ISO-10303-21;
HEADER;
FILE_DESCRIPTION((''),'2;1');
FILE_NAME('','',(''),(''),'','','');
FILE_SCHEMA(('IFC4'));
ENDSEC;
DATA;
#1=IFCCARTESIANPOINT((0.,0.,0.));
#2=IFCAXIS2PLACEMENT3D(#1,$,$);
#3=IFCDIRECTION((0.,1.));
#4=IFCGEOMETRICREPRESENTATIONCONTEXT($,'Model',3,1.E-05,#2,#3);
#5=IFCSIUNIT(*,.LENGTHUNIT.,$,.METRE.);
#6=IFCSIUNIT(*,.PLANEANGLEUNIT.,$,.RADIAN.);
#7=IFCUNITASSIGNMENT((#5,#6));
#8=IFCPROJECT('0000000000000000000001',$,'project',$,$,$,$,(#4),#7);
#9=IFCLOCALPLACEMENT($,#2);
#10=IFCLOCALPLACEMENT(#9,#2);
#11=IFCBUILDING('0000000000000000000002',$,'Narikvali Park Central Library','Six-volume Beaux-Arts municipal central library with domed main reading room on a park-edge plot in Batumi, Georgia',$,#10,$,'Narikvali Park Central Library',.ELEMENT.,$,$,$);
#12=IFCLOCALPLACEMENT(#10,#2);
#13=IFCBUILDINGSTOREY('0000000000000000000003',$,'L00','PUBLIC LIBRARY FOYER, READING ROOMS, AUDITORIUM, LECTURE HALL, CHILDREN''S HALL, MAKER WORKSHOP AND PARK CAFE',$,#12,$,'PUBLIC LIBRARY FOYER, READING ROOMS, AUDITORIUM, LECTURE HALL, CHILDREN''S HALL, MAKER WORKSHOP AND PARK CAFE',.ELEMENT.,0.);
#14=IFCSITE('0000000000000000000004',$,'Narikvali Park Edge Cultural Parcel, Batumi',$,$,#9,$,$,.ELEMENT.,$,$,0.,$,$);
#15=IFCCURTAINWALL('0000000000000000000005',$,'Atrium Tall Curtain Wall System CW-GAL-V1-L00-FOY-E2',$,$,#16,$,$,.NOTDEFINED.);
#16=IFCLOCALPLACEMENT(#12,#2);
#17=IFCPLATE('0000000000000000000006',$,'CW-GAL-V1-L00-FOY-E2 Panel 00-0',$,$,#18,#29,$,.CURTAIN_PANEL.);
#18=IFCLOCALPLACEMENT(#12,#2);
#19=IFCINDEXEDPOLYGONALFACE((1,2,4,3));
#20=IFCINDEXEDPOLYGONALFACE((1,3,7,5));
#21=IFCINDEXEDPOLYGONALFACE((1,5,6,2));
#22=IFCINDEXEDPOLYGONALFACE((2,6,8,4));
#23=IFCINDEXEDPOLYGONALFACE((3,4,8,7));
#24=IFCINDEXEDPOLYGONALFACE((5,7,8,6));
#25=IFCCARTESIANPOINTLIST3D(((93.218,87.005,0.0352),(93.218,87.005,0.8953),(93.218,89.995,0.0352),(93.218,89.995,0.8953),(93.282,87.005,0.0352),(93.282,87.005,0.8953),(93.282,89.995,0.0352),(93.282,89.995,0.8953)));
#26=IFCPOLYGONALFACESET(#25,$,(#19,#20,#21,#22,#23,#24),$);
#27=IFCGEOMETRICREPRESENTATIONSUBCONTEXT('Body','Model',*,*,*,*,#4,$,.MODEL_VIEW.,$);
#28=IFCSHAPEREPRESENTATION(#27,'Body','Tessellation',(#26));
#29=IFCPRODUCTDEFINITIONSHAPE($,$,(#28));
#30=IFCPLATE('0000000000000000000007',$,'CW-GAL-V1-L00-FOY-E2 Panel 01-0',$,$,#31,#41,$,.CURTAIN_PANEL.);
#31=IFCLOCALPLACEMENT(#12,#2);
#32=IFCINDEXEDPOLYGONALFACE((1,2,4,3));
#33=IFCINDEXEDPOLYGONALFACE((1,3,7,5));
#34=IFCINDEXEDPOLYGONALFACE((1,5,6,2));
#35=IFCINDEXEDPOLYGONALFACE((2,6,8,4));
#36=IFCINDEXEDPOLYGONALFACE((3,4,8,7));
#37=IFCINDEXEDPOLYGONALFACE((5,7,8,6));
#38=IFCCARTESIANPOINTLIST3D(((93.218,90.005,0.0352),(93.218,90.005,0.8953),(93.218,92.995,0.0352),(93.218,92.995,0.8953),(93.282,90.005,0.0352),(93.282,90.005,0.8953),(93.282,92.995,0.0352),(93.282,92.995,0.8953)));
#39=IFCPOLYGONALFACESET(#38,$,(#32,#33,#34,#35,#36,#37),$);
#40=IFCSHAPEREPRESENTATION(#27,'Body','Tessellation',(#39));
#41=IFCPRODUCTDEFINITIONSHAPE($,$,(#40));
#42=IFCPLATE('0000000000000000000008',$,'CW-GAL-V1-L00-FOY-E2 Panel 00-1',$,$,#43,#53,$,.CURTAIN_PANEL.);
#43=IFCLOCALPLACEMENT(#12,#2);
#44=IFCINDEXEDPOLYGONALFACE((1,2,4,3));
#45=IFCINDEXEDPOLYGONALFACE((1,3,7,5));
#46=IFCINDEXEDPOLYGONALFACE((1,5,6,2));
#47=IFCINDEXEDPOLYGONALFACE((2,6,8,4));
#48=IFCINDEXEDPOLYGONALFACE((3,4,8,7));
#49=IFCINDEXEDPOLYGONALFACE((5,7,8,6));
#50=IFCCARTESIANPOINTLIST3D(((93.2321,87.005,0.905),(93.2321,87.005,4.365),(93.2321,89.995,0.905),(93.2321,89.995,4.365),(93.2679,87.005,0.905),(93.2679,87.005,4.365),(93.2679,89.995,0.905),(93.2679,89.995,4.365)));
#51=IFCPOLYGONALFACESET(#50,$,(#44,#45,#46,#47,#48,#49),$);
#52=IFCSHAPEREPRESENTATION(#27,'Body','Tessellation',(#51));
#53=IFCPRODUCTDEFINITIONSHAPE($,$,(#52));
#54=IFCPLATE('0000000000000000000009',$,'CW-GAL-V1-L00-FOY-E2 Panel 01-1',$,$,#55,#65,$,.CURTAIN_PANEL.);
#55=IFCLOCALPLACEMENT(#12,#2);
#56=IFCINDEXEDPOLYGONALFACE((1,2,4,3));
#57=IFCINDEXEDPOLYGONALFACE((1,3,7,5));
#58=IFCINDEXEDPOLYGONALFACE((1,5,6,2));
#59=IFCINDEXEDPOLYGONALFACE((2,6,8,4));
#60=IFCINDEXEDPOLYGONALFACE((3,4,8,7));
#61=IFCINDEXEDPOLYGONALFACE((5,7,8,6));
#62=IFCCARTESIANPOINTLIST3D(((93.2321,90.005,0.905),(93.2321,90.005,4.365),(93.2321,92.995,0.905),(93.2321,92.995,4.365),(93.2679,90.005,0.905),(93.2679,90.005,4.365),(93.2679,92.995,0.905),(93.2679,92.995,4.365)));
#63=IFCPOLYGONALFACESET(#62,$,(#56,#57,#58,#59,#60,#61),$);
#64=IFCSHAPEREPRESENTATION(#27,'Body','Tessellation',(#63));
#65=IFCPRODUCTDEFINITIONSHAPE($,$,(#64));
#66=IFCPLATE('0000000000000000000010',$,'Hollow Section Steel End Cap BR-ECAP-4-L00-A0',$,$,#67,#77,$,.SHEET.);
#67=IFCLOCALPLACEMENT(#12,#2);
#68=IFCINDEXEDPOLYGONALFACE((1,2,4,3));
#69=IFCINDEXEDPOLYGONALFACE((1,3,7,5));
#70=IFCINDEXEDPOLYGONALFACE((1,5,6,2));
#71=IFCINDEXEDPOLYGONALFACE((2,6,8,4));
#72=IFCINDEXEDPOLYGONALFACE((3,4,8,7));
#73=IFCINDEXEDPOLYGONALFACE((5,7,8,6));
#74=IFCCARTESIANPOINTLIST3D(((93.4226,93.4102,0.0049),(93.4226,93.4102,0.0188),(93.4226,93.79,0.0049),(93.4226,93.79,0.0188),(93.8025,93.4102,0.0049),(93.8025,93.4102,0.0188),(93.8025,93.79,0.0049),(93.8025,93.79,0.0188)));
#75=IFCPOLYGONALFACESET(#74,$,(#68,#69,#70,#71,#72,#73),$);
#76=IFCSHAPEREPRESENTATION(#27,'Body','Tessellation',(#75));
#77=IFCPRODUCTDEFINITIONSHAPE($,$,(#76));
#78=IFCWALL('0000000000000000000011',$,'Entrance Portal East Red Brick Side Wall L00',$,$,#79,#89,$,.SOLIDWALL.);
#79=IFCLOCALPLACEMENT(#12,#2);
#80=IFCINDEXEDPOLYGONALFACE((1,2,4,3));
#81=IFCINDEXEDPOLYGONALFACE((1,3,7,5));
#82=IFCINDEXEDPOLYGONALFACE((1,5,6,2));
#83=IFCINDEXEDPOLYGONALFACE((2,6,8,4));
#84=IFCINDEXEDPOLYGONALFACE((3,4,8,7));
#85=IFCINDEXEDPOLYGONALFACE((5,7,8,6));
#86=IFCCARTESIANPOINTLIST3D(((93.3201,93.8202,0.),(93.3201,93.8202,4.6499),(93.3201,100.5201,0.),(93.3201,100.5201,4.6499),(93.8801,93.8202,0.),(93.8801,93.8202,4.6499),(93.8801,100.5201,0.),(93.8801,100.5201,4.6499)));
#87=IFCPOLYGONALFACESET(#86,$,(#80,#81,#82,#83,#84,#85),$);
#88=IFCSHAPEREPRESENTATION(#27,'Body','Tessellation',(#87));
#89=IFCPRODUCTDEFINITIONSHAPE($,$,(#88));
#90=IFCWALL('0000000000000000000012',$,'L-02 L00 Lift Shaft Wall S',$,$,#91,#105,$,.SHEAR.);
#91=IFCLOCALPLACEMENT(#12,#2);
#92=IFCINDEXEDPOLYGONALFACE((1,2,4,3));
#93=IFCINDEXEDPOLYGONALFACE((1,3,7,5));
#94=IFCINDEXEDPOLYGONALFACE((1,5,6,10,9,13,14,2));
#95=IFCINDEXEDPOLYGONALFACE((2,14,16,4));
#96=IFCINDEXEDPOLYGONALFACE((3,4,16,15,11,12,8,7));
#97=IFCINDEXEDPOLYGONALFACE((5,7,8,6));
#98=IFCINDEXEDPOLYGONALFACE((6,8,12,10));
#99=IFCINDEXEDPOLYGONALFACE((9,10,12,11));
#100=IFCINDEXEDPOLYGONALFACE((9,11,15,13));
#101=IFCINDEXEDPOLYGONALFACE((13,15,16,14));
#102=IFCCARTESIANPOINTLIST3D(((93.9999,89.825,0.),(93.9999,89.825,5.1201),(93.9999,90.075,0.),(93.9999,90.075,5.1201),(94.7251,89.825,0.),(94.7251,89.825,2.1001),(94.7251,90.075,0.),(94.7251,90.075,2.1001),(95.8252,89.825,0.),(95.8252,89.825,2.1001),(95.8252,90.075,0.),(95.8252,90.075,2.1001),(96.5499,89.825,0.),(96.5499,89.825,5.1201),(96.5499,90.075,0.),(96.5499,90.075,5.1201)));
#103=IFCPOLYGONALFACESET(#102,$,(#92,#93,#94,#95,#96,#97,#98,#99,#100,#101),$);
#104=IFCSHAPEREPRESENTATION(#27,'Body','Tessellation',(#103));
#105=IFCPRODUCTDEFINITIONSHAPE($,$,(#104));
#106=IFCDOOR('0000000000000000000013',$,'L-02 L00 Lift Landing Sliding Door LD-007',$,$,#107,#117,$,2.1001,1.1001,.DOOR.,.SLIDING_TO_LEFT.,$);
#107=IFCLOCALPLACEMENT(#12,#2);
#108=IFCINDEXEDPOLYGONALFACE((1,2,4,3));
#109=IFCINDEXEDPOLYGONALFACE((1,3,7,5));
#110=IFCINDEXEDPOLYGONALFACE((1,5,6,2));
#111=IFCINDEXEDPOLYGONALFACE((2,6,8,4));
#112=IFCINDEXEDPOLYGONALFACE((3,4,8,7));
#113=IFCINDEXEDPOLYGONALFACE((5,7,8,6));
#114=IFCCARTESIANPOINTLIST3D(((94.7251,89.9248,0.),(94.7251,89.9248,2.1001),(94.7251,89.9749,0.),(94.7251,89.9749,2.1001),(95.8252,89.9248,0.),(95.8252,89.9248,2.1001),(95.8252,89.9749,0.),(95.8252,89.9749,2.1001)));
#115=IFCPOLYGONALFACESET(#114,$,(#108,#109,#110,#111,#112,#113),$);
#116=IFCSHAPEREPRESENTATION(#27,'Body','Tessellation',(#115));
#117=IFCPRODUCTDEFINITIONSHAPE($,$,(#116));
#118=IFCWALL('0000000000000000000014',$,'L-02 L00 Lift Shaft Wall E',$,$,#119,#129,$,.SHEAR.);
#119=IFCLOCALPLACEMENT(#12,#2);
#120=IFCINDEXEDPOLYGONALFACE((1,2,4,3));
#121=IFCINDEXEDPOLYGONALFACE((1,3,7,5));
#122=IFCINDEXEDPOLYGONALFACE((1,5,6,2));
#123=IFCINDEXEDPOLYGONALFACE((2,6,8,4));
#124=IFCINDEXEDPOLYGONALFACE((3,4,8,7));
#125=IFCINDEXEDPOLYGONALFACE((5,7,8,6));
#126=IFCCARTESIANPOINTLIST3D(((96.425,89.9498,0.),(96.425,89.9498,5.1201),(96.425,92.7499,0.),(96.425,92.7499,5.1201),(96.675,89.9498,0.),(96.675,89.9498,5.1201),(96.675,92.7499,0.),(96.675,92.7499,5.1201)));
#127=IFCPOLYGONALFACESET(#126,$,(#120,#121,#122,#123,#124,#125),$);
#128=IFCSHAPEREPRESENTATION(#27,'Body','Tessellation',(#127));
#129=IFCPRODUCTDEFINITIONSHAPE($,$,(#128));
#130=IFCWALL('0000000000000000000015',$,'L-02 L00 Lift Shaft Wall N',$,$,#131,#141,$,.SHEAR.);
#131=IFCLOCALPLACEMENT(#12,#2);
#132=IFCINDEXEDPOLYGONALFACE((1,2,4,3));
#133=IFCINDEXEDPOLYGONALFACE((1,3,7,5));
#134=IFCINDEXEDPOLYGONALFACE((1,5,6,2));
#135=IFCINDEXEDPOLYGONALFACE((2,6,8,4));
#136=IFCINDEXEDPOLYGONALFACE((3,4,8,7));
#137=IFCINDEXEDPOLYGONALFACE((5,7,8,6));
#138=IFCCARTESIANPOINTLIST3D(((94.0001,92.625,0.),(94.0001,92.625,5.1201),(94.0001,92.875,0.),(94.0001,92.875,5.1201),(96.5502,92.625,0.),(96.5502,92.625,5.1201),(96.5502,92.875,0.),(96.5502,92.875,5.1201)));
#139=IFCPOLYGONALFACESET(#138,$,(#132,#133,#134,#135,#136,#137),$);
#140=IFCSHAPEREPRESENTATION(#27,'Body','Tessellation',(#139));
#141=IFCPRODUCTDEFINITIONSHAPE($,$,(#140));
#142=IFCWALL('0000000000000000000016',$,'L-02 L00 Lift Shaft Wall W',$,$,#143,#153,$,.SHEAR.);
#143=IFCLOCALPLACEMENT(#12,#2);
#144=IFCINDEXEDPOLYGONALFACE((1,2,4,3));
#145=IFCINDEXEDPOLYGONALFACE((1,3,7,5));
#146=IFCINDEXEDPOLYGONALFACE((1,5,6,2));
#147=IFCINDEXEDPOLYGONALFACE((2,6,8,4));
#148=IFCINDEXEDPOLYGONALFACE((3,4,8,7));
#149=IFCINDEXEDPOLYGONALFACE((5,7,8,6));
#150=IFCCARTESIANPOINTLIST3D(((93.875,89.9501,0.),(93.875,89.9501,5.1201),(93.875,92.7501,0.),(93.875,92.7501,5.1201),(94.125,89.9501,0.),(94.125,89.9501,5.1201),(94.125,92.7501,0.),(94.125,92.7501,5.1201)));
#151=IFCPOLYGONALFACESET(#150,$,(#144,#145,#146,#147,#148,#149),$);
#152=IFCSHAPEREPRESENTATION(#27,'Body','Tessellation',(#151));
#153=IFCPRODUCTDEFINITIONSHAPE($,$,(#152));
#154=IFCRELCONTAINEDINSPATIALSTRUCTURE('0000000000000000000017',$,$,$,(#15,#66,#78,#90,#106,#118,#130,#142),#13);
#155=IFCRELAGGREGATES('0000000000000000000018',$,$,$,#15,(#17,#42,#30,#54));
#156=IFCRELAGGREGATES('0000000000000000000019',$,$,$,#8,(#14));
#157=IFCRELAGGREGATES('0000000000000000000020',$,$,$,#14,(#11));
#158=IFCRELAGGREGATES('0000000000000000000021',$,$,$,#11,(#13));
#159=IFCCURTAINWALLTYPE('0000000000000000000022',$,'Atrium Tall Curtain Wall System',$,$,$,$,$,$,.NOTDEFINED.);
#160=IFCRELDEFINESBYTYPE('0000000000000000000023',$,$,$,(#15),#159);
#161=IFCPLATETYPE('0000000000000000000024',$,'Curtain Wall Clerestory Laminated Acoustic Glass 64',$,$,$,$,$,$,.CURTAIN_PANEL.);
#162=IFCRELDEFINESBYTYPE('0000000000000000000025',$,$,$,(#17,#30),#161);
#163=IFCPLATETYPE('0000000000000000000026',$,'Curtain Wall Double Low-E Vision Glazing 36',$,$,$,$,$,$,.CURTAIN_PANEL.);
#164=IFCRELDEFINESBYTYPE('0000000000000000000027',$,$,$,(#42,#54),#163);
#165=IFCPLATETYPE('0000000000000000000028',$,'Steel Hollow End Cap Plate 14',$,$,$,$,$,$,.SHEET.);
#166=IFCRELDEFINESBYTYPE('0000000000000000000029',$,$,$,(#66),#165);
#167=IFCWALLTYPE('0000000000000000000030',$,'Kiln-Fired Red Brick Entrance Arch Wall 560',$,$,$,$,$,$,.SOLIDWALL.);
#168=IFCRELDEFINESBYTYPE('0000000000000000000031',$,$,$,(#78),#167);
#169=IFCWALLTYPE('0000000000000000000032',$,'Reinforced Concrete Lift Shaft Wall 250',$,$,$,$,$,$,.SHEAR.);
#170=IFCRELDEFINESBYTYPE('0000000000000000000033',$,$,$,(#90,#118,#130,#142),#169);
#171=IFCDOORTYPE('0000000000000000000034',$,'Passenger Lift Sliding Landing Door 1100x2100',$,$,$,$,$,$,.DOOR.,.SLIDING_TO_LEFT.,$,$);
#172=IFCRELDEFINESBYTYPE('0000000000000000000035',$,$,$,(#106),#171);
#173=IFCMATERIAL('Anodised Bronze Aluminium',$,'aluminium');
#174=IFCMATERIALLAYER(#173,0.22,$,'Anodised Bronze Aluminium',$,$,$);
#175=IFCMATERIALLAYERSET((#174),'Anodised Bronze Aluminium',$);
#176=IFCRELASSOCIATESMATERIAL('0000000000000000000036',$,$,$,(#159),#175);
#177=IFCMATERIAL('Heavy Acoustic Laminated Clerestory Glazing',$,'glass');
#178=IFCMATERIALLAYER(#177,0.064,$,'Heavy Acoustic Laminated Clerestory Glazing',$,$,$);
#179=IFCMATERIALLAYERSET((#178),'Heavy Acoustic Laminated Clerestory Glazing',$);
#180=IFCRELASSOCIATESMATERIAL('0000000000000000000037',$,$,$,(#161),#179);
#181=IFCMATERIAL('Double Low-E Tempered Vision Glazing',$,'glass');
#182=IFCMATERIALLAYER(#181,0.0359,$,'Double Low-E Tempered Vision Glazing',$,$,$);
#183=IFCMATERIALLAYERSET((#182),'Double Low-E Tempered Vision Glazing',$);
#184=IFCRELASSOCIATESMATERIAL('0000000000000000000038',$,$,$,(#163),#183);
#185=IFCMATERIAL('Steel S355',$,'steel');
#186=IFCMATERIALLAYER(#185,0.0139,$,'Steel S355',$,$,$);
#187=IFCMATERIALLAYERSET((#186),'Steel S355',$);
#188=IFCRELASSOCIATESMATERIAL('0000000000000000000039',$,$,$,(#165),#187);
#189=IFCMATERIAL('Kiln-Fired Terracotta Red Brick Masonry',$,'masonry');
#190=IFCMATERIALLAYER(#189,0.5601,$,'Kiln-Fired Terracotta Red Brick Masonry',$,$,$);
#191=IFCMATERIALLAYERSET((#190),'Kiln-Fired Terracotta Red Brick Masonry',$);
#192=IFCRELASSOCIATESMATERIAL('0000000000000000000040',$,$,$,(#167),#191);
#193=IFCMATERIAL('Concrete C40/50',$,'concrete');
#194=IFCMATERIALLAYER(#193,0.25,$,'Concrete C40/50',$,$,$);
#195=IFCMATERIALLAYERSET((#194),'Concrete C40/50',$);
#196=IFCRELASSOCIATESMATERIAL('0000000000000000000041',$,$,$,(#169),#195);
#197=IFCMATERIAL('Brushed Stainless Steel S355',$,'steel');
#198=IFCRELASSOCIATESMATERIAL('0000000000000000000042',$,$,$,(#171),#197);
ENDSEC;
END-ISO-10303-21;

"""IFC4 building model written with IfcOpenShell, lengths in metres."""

from ifc_helpers import new_model, si_unit, direction, frame, frame_2d, origin, origin_2d, place, context, subcontext, project, spatial, rectangle, extrude, material, layer, layer_set, type_object, element, fill, aggregate, save


model = new_model("IFC4")

# Units and contexts
model_context = context("Model", 3, precision=1e-05, world=origin(), true_north=direction((0.0, 1.0)))
body_context = subcontext(model_context, "Body", "Model", "MODEL_VIEW")
ifc_project = project(units=[si_unit("LENGTHUNIT", "METRE"), si_unit("PLANEANGLEUNIT", "RADIAN")], contexts=[model_context])

# Site, building, storey
site_placement = place(None, origin())
site = spatial("IfcSite", under=ifc_project, at=site_placement, Name="Narikvali Park Edge Cultural Parcel, Batumi", CompositionType="ELEMENT", RefElevation=0.0)
building_placement = place(site_placement, origin())
building = spatial("IfcBuilding", under=site, at=building_placement, Name="Narikvali Park Central Library", Description="Six-volume Beaux-Arts municipal central library with domed main reading room on a park-edge plot in Batumi, Georgia", LongName="Narikvali Park Central Library", CompositionType="ELEMENT")
storey_placement = place(building_placement, origin())
storey = spatial("IfcBuildingStorey", under=building, at=storey_placement, Name="L00", Description="PUBLIC LIBRARY FOYER, READING ROOMS, AUDITORIUM, LECTURE HALL, CHILDREN'S HALL, MAKER WORKSHOP AND PARK CAFE", LongName="PUBLIC LIBRARY FOYER, READING ROOMS, AUDITORIUM, LECTURE HALL, CHILDREN'S HALL, MAKER WORKSHOP AND PARK CAFE", CompositionType="ELEMENT", Elevation=0.0)

# Shared definitions
ifc_material_1 = material(Name="Steel S355", Category="steel")

# Curtain wall
ifc_material_2 = material(Name="Anodised Bronze Aluminium", Category="aluminium")
ifc_layer_1 = layer(ifc_material_2, 0.22, Name="Anodised Bronze Aluminium")
ifc_layer_set_1 = layer_set([ifc_layer_1], Name="Anodised Bronze Aluminium")
curtain_wall_type = type_object("IfcCurtainWallType", Name="Atrium Tall Curtain Wall System", PredefinedType="NOTDEFINED", material=ifc_layer_set_1)
curtain_wall_placement = place(storey_placement, origin())
curtain_wall = element("IfcCurtainWall", 1, at=curtain_wall_placement, inside=storey, type_object=curtain_wall_type, Name="Atrium Tall Curtain Wall System CW-GAL-V1-L00-FOY-E2", PredefinedType="NOTDEFINED")

# Plates
ifc_material_3 = material(Name="Heavy Acoustic Laminated Clerestory Glazing", Category="glass")
ifc_layer_2 = layer(ifc_material_3, 0.064, Name="Heavy Acoustic Laminated Clerestory Glazing")
ifc_layer_set_2 = layer_set([ifc_layer_2], Name="Heavy Acoustic Laminated Clerestory Glazing")
plate_type_1 = type_object("IfcPlateType", Name="Curtain Wall Clerestory Laminated Acoustic Glass 64", PredefinedType="CURTAIN_PANEL", material=ifc_layer_set_2)
plate_1_placement = place(storey_placement, frame((93.25, 88.5, 0.0352), z_axis=(0.0, 0.0, 1.0), x_axis=(0.0, 1.0, 0.0)))
plate_1 = element("IfcPlate", 2, at=plate_1_placement, type_object=plate_type_1, Name="CW-GAL-V1-L00-FOY-E2 Panel 00-0", PredefinedType="CURTAIN_PANEL", context=body_context, shape_type="SweptSolid", body=[
    extrude(rectangle(XDim=2.99, YDim=0.064, at=origin_2d()), origin(), (0.0, 0.0, 1.0), 0.8601),
])
plate_2_placement = place(storey_placement, frame((93.25, 91.5, 0.0352), z_axis=(0.0, 0.0, 1.0), x_axis=(0.0, 1.0, 0.0)))
plate_2 = element("IfcPlate", 3, at=plate_2_placement, type_object=plate_type_1, Name="CW-GAL-V1-L00-FOY-E2 Panel 01-0", PredefinedType="CURTAIN_PANEL", context=body_context, shape_type="SweptSolid", body=[
    extrude(rectangle(XDim=2.99, YDim=0.064, at=origin_2d()), origin(), (0.0, 0.0, 1.0), 0.8601),
])
ifc_material_4 = material(Name="Double Low-E Tempered Vision Glazing", Category="glass")
ifc_layer_3 = layer(ifc_material_4, 0.0359, Name="Double Low-E Tempered Vision Glazing")
ifc_layer_set_3 = layer_set([ifc_layer_3], Name="Double Low-E Tempered Vision Glazing")
plate_type_2 = type_object("IfcPlateType", Name="Curtain Wall Double Low-E Vision Glazing 36", PredefinedType="CURTAIN_PANEL", material=ifc_layer_set_3)
plate_3_placement = place(storey_placement, frame((93.25, 88.5, 0.905), z_axis=(0.0, 0.0, 1.0), x_axis=(0.0, 1.0, 0.0)))
plate_3 = element("IfcPlate", 4, at=plate_3_placement, type_object=plate_type_2, Name="CW-GAL-V1-L00-FOY-E2 Panel 00-1", PredefinedType="CURTAIN_PANEL", context=body_context, shape_type="SweptSolid", body=[
    extrude(rectangle(XDim=2.99, YDim=0.0359, at=origin_2d()), origin(), (0.0, 0.0, 1.0), 3.46),
])
plate_4_placement = place(storey_placement, frame((93.25, 91.5, 0.905), z_axis=(0.0, 0.0, 1.0), x_axis=(0.0, 1.0, 0.0)))
plate_4 = element("IfcPlate", 5, at=plate_4_placement, type_object=plate_type_2, Name="CW-GAL-V1-L00-FOY-E2 Panel 01-1", PredefinedType="CURTAIN_PANEL", context=body_context, shape_type="SweptSolid", body=[
    extrude(rectangle(XDim=2.99, YDim=0.0359, at=origin_2d()), origin(), (0.0, 0.0, 1.0), 3.46),
])
aggregate(curtain_wall, [plate_1, plate_3, plate_2, plate_4])
ifc_layer_4 = layer(ifc_material_1, 0.0139, Name="Steel S355")
ifc_layer_set_4 = layer_set([ifc_layer_4], Name="Steel S355")
plate_type_3 = type_object("IfcPlateType", Name="Steel Hollow End Cap Plate 14", PredefinedType="SHEET", material=ifc_layer_set_4)
plate_5_placement = place(storey_placement, frame((93.6125, 93.6001, 0.0049), z_axis=(0.0, 0.0, 1.0), x_axis=(1.0, 0.0, 0.0)))
element("IfcPlate", 6, at=plate_5_placement, inside=storey, type_object=plate_type_3, Name="Hollow Section Steel End Cap BR-ECAP-4-L00-A0", PredefinedType="SHEET", context=body_context, shape_type="SweptSolid", body=[
    extrude(rectangle(XDim=0.3799, YDim=0.3799, at=origin_2d()), origin(), (0.0, 0.0, 1.0), 0.0139),
])

# Wall
ifc_material_5 = material(Name="Kiln-Fired Terracotta Red Brick Masonry", Category="masonry")
ifc_layer_5 = layer(ifc_material_5, 0.5601, Name="Kiln-Fired Terracotta Red Brick Masonry")
ifc_layer_set_5 = layer_set([ifc_layer_5], Name="Kiln-Fired Terracotta Red Brick Masonry")
wall_type_1 = type_object("IfcWallType", Name="Kiln-Fired Red Brick Entrance Arch Wall 560", PredefinedType="SOLIDWALL", material=ifc_layer_set_5)
wall_1_placement = place(storey_placement, frame((93.6001, 93.8201, 0.0), z_axis=(0.0, 0.0, 1.0), x_axis=(0.0, 1.0, 0.0)))
element("IfcWall", 7, at=wall_1_placement, inside=storey, type_object=wall_type_1, Name="Entrance Portal East Red Brick Side Wall L00", PredefinedType="SOLIDWALL", context=body_context, shape_type="SweptSolid", body=[
    extrude(rectangle(XDim=6.7, YDim=0.5601, at=frame_2d((3.3501, 0.0))), origin(), (0.0, 0.0, 1.0), 4.6499),
])

# Wall, opening, door
ifc_material_6 = material(Name="Concrete C40/50", Category="concrete")
ifc_layer_6 = layer(ifc_material_6, 0.25, Name="Concrete C40/50")
ifc_layer_set_6 = layer_set([ifc_layer_6], Name="Concrete C40/50")
wall_type_2 = type_object("IfcWallType", Name="Reinforced Concrete Lift Shaft Wall 250", PredefinedType="SHEAR", material=ifc_layer_set_6)
wall_2_placement = place(storey_placement, frame((94.0, 89.95, 0.0), z_axis=(0.0, 0.0, 1.0), x_axis=(1.0, 0.0, 0.0)))
wall_2 = element("IfcWall", 8, at=wall_2_placement, inside=storey, type_object=wall_type_2, Name="L-02 L00 Lift Shaft Wall S", PredefinedType="SHEAR", context=body_context, shape_type="SweptSolid", body=[
    extrude(rectangle(XDim=2.55, YDim=0.25, at=frame_2d((1.2749, 0.0))), origin(), (0.0, 0.0, 1.0), 5.1201),
])
opening_1_placement = place(wall_2_placement, frame((0.7251, 0.0, 0.0)))
opening_1 = element("IfcOpeningElement", 9, at=opening_1_placement, cuts=wall_2, PredefinedType="OPENING", context=body_context, shape_type="SweptSolid", body=[
    extrude(rectangle(XDim=1.1001, YDim=2.1001, at=frame_2d((0.55, 1.05))), frame((0.0, 0.137, 0.0), z_axis=(0.0, -1.0, 0.0), x_axis=(1.0, 0.0, 0.0)), (0.0, 0.0, 1.0), 0.2739),
])
ifc_material_7 = material(Name="Brushed Stainless Steel S355", Category="steel")
door_type_1 = type_object("IfcDoorType", Name="Passenger Lift Sliding Landing Door 1100x2100", OperationType="SLIDING_TO_LEFT", PredefinedType="DOOR", material=ifc_material_7)
door_1_placement = place(opening_1_placement, origin())
door_1 = element("IfcDoor", 10, at=door_1_placement, inside=storey, type_object=door_type_1, Name="L-02 L00 Lift Landing Sliding Door LD-007", OperationType="SLIDING_TO_LEFT", OverallHeight=2.1001, OverallWidth=1.1001, PredefinedType="DOOR", context=body_context, shape_type="SweptSolid", body=[
    extrude(rectangle(XDim=1.1001, YDim=2.1001, at=frame_2d((0.55, 1.05))), frame((0.0, 0.0249, 0.0), z_axis=(0.0, -1.0, 0.0), x_axis=(1.0, 0.0, 0.0)), (0.0, 0.0, 1.0), 0.05),
])
fill(opening_1, door_1)

# Walls
wall_3_placement = place(storey_placement, frame((96.55, 89.95, 0.0), z_axis=(0.0, 0.0, 1.0), x_axis=(0.0, 1.0, 0.0)))
element("IfcWall", 11, at=wall_3_placement, inside=storey, type_object=wall_type_2, Name="L-02 L00 Lift Shaft Wall E", PredefinedType="SHEAR", context=body_context, shape_type="SweptSolid", body=[
    extrude(rectangle(XDim=2.8, YDim=0.25, at=frame_2d((1.3999, 0.0))), origin(), (0.0, 0.0, 1.0), 5.1201),
])
wall_4_placement = place(storey_placement, frame((96.55, 92.75, 0.0), z_axis=(0.0, 0.0, 1.0), x_axis=(-1.0, 0.0, 0.0)))
element("IfcWall", 12, at=wall_4_placement, inside=storey, type_object=wall_type_2, Name="L-02 L00 Lift Shaft Wall N", PredefinedType="SHEAR", context=body_context, shape_type="SweptSolid", body=[
    extrude(rectangle(XDim=2.55, YDim=0.25, at=frame_2d((1.2749, 0.0))), origin(), (0.0, 0.0, 1.0), 5.1201),
])
wall_5_placement = place(storey_placement, frame((94.0, 92.75, 0.0), z_axis=(0.0, 0.0, 1.0), x_axis=(0.0, -1.0, 0.0)))
element("IfcWall", 13, at=wall_5_placement, inside=storey, type_object=wall_type_2, Name="L-02 L00 Lift Shaft Wall W", PredefinedType="SHEAR", context=body_context, shape_type="SweptSolid", body=[
    extrude(rectangle(XDim=2.8, YDim=0.25, at=frame_2d((1.3999, 0.0))), origin(), (0.0, 0.0, 1.0), 5.1201),
])

save(model, "model.ifc")
